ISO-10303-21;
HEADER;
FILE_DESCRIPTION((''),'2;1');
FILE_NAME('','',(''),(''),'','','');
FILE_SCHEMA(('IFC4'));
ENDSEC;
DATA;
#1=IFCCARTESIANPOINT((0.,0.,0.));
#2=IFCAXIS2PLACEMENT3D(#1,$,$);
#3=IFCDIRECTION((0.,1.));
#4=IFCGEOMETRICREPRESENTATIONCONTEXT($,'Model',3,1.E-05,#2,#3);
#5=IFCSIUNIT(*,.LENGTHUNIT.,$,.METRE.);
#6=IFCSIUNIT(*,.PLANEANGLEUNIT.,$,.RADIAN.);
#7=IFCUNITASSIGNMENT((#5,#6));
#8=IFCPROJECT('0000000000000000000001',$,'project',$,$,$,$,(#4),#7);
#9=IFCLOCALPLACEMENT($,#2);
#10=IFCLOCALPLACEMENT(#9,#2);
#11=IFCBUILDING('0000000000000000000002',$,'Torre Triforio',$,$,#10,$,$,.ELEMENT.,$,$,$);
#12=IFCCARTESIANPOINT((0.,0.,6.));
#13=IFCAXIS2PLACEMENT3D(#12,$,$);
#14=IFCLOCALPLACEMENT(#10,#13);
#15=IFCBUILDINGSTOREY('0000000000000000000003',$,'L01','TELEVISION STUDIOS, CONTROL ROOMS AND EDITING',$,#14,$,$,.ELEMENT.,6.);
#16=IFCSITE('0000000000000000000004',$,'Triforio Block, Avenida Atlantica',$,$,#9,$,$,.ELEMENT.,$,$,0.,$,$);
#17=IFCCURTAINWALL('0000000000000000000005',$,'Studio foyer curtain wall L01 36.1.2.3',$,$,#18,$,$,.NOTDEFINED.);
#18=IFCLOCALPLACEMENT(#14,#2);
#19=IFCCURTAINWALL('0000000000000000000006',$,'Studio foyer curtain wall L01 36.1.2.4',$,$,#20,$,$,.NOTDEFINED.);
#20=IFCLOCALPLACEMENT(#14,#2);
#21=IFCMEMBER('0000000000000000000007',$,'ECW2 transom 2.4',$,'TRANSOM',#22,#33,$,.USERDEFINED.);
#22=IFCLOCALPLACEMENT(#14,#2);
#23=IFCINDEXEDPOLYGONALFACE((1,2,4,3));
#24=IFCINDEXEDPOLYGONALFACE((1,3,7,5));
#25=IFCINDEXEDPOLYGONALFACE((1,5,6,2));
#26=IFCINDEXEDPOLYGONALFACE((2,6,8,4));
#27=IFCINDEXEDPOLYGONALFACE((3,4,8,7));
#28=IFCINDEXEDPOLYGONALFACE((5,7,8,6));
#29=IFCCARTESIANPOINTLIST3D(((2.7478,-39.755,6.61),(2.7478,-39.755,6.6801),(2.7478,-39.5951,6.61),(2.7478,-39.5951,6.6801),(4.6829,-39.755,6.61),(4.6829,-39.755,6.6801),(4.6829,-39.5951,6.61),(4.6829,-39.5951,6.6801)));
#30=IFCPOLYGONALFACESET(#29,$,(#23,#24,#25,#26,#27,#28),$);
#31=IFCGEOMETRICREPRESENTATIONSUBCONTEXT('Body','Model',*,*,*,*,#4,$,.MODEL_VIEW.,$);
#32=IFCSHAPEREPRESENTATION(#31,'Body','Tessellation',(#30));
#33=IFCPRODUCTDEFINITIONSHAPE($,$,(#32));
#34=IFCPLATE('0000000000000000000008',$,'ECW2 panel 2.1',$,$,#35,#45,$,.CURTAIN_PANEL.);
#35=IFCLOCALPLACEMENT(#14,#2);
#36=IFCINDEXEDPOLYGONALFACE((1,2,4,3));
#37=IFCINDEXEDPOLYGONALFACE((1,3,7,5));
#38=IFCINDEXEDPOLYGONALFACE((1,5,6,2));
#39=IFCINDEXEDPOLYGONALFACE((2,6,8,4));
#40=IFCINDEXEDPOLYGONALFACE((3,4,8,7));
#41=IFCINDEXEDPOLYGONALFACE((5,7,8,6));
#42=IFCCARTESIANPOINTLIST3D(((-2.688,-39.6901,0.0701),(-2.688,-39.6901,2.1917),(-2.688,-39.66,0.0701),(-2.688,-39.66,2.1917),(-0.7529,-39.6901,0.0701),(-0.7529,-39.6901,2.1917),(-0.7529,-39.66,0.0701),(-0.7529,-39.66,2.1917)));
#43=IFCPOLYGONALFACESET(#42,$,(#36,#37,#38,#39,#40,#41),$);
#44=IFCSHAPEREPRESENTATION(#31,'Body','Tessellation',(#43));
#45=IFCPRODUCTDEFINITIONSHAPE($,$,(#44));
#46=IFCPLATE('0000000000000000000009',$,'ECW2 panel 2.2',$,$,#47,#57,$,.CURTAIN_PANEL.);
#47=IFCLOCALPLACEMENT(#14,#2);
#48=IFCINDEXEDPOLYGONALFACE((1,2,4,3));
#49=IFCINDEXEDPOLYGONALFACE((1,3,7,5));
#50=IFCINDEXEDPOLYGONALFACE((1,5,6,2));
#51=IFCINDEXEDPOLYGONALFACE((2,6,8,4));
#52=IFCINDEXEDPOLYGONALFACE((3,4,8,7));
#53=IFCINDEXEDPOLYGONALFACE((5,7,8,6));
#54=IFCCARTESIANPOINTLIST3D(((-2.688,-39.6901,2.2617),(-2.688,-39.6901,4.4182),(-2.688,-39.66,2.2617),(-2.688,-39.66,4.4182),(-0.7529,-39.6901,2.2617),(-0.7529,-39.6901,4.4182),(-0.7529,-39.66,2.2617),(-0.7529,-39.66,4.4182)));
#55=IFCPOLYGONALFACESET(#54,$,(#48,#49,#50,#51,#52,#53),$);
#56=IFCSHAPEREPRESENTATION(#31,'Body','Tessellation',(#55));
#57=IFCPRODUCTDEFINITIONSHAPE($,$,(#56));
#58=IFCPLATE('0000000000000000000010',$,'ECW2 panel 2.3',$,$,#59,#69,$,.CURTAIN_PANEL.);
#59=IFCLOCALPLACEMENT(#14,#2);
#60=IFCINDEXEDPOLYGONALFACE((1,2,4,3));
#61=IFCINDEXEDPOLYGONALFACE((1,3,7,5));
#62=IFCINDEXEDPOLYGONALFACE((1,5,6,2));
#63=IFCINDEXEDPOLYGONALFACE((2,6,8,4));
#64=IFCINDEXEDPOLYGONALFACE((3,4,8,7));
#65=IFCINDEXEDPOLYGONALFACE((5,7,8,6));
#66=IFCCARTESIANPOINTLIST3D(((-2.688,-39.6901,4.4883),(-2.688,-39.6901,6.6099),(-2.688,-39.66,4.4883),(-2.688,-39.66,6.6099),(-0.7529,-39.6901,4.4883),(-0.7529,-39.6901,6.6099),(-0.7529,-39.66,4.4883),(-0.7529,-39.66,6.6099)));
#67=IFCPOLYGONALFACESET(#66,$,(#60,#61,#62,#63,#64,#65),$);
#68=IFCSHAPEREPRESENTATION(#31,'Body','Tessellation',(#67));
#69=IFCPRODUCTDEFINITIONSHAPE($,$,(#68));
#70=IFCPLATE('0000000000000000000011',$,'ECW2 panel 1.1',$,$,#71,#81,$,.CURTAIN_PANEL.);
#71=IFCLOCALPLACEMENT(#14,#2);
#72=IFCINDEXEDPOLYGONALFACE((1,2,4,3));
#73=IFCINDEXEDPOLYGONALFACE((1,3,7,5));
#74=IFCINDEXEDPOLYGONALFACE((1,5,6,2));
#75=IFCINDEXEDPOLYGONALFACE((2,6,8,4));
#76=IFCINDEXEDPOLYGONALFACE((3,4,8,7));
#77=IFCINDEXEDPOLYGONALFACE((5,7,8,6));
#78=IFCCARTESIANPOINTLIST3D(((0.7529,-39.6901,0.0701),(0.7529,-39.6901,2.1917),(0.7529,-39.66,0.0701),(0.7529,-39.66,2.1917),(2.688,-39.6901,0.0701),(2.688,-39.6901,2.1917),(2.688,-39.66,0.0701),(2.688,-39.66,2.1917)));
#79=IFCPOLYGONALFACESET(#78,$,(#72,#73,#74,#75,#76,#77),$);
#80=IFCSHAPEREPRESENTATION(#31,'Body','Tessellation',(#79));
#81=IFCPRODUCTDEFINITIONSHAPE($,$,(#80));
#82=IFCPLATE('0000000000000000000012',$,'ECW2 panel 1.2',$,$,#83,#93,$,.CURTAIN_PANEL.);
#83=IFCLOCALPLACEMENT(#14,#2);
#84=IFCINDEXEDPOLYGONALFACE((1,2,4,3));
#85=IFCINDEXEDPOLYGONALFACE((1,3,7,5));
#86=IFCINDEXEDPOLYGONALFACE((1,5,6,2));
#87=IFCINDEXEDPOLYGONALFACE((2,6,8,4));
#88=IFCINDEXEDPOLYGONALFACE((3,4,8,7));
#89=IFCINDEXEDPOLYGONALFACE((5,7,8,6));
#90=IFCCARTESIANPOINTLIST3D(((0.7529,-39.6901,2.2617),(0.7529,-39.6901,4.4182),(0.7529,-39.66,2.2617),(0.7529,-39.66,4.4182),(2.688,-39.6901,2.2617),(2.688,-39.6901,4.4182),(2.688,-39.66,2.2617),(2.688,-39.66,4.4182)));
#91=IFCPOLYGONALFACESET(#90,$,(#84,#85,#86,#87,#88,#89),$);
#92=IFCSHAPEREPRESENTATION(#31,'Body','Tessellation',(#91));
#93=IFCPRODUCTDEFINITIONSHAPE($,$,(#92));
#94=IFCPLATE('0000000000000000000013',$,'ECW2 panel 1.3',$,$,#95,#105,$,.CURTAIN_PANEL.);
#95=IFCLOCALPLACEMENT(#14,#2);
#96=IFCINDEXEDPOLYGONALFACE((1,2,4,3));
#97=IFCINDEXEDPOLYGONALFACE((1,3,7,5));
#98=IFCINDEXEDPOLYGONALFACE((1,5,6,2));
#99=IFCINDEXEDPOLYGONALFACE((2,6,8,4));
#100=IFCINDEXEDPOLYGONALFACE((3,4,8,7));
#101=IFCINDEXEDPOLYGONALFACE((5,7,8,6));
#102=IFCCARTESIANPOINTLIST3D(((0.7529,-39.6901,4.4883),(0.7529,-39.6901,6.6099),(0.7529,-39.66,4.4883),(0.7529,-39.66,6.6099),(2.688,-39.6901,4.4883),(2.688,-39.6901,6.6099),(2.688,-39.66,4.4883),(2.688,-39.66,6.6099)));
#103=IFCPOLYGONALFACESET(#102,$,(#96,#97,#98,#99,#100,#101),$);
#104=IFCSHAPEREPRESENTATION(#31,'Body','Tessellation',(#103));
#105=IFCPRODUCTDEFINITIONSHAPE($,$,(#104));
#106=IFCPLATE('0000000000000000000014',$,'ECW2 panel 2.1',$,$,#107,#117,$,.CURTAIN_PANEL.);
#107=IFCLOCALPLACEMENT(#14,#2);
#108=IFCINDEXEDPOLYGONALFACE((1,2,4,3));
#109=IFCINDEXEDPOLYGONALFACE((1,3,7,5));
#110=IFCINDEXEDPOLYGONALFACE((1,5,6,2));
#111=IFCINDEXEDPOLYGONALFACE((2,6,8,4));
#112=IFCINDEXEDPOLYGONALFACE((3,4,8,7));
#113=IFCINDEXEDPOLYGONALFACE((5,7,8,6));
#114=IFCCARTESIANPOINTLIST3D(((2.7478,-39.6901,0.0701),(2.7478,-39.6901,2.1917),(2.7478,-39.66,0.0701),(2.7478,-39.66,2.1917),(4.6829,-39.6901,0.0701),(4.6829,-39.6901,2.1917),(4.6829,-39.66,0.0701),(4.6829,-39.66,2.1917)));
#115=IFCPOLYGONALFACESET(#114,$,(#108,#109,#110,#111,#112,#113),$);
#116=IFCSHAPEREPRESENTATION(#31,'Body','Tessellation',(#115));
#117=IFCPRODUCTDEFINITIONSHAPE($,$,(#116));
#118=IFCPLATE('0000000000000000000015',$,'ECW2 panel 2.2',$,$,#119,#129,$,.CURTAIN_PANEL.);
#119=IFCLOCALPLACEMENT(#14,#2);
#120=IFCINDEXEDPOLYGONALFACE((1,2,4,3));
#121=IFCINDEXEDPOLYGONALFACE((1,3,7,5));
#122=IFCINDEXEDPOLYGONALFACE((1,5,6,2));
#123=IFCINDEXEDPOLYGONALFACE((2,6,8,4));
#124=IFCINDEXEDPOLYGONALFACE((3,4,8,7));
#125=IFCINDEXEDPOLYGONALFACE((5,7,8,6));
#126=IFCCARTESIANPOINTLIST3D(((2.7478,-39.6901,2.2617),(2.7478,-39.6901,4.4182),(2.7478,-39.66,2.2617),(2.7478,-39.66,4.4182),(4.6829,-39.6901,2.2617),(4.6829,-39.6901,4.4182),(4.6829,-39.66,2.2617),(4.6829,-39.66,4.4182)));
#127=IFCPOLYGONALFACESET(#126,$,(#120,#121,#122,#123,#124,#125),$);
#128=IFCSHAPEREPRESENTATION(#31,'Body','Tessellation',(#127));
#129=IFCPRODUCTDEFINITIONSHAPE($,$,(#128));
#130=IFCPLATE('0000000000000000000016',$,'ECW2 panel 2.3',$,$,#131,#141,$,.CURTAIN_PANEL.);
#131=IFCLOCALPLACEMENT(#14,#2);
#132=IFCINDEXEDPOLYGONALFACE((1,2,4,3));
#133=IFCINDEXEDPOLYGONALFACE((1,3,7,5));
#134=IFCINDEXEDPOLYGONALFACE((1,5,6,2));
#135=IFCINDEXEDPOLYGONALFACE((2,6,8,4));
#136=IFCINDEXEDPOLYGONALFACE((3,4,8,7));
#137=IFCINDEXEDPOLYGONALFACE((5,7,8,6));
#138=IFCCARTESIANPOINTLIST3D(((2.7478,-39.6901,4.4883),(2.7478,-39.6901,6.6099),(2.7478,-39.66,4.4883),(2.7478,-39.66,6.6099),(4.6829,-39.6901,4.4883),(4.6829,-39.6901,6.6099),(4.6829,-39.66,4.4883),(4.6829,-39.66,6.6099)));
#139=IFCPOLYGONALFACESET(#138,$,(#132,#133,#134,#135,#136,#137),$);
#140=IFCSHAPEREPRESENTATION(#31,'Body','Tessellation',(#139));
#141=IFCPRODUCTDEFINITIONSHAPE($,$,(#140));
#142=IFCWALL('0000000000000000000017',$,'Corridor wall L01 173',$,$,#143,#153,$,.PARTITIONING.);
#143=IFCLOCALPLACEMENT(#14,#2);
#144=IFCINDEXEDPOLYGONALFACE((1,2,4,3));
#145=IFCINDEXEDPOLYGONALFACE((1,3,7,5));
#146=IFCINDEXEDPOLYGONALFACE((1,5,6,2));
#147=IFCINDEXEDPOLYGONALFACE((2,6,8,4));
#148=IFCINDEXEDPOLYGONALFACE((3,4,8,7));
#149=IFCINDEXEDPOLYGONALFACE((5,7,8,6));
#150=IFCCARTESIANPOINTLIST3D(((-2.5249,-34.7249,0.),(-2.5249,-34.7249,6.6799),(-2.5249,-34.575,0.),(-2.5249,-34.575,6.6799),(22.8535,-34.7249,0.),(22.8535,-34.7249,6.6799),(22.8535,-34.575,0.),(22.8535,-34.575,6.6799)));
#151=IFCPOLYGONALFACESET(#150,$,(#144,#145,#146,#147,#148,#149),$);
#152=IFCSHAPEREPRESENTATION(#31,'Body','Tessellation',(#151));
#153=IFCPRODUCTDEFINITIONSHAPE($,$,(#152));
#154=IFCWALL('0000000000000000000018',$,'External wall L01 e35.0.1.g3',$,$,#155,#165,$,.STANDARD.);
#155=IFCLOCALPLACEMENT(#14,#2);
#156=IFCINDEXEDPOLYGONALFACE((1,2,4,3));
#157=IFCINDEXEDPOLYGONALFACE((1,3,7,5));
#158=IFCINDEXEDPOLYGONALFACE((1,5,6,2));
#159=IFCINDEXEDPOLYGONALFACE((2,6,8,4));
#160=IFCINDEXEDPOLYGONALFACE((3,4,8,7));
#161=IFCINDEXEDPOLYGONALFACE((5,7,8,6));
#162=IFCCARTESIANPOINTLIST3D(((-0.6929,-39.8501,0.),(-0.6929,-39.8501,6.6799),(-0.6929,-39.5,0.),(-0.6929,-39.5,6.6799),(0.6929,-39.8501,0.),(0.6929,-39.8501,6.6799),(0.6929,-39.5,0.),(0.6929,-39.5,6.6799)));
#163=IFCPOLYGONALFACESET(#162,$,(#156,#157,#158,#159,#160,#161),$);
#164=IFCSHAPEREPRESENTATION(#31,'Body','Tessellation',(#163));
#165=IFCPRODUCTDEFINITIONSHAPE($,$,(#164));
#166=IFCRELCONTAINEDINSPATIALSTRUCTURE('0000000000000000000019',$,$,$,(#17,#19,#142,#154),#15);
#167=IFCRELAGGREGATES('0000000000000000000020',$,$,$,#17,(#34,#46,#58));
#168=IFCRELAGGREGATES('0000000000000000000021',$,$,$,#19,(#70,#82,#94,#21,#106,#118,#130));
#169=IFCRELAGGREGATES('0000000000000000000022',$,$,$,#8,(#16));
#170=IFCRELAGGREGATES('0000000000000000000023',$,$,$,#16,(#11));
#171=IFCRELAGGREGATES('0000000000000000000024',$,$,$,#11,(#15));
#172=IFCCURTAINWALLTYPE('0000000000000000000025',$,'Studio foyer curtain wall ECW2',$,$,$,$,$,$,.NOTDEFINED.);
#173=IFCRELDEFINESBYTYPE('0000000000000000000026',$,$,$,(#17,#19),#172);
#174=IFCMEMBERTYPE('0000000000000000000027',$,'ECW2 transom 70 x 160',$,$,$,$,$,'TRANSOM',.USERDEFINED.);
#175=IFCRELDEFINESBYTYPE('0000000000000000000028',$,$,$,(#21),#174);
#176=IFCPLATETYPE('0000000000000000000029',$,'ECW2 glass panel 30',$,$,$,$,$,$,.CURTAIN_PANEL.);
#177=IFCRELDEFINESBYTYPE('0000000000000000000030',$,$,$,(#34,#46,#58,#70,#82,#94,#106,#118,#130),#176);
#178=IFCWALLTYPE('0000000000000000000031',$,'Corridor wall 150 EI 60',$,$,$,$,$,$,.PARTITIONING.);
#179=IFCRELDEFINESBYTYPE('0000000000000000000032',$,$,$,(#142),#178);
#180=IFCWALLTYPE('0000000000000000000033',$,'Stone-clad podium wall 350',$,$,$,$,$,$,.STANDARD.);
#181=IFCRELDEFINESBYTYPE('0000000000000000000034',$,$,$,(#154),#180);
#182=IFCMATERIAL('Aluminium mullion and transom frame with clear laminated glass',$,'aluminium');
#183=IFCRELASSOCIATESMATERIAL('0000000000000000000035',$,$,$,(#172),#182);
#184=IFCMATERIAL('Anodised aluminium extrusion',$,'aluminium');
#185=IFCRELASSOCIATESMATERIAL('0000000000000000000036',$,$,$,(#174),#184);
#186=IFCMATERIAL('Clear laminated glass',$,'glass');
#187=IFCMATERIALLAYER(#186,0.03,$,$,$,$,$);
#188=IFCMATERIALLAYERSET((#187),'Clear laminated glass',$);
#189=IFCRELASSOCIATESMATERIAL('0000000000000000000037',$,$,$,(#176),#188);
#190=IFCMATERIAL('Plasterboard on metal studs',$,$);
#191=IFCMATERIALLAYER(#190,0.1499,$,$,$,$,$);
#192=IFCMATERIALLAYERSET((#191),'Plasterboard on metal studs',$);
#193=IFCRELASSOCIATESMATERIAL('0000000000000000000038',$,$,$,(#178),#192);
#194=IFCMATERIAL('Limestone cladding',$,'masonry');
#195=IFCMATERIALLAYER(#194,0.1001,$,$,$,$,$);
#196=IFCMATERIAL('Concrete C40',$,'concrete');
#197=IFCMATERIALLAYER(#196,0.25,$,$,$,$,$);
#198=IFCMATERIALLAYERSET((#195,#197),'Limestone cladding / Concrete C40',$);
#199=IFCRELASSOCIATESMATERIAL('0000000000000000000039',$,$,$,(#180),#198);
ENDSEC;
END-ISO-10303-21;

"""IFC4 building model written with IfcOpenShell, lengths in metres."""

from ifc_helpers import new_model, si_unit, direction, frame, frame_2d, origin, origin_2d, place, context, subcontext, project, spatial, rectangle, extrude, material, layer, layer_set, material_profile, profile_set, type_object, element, aggregate, save


model = new_model("IFC4")

# Units and contexts
model_context = context("Model", 3, precision=1e-05, world=origin(), true_north=direction((0.0, 1.0)))
body_context = subcontext(model_context, "Body", "Model", "MODEL_VIEW")
ifc_project = project(units=[si_unit("LENGTHUNIT", "METRE"), si_unit("PLANEANGLEUNIT", "RADIAN")], contexts=[model_context])

# Site, building, storey
site_placement = place(None, origin())
site = spatial("IfcSite", under=ifc_project, at=site_placement, Name="Triforio Block, Avenida Atlantica", CompositionType="ELEMENT", RefElevation=0.0)
building_placement = place(site_placement, origin())
building = spatial("IfcBuilding", under=site, at=building_placement, Name="Torre Triforio", CompositionType="ELEMENT")
storey_placement = place(building_placement, frame((0.0, 0.0, 6.0)))
storey = spatial("IfcBuildingStorey", under=building, at=storey_placement, Name="L01", Description="TELEVISION STUDIOS, CONTROL ROOMS AND EDITING", CompositionType="ELEMENT", Elevation=6.0)

# Curtain wall
ifc_material_1 = material(Name="Aluminium mullion and transom frame with clear laminated glass", Category="aluminium")
curtain_wall_type = type_object("IfcCurtainWallType", Name="Studio foyer curtain wall ECW2", PredefinedType="NOTDEFINED", material=ifc_material_1)
curtain_wall_1_placement = place(storey_placement, origin())
curtain_wall_1 = element("IfcCurtainWall", 1, at=curtain_wall_1_placement, inside=storey, type_object=curtain_wall_type, Name="Studio foyer curtain wall L01 36.1.2.3", PredefinedType="NOTDEFINED")
ifc_material_2 = material(Name="Anodised aluminium extrusion", Category="aluminium")

# Curtain wall
curtain_wall_2_placement = place(storey_placement, origin())
curtain_wall_2 = element("IfcCurtainWall", 2, at=curtain_wall_2_placement, inside=storey, type_object=curtain_wall_type, Name="Studio foyer curtain wall L01 36.1.2.4", PredefinedType="NOTDEFINED")

# Member
ifc_material_profile_1 = material_profile(ifc_material_2, rectangle(XDim=0.1599, YDim=0.0701, at=origin_2d()), Name="ECW2 TRANSOM 70x160")
ifc_profile_set_1 = profile_set([ifc_material_profile_1], Name="Anodised aluminium extrusion")
member_type_1 = type_object("IfcMemberType", Name="ECW2 transom 70 x 160", ElementType="TRANSOM", PredefinedType="USERDEFINED", material=ifc_profile_set_1)
member_1_placement = place(storey_placement, frame((2.7478, -39.675, 6.645), z_axis=(1.0, 0.0, 0.0), x_axis=(0.0, 1.0, 0.0)))
member_1 = element("IfcMember", 3, at=member_1_placement, type_object=member_type_1, Name="ECW2 transom 2.4", ObjectType="TRANSOM", PredefinedType="USERDEFINED", context=body_context, shape_type="SweptSolid", body=[
    extrude(rectangle(XDim=0.1599, YDim=0.0701, at=origin_2d()), origin(), (0.0, 0.0, 1.0), 1.9351),
])

# Plates
ifc_material_3 = material(Name="Clear laminated glass", Category="glass")
ifc_layer_1 = layer(ifc_material_3, 0.03)
ifc_layer_set_1 = layer_set([ifc_layer_1], Name="Clear laminated glass")
plate_type = type_object("IfcPlateType", Name="ECW2 glass panel 30", PredefinedType="CURTAIN_PANEL", material=ifc_layer_set_1)
plate_1_placement = place(storey_placement, frame((-1.7205, -39.675, 0.0701), z_axis=(0.0, 0.0, 1.0), x_axis=(1.0, 0.0, 0.0)))
plate_1 = element("IfcPlate", 4, at=plate_1_placement, type_object=plate_type, Name="ECW2 panel 2.1", PredefinedType="CURTAIN_PANEL", context=body_context, shape_type="SweptSolid", body=[
    extrude(rectangle(XDim=1.9351, YDim=0.03, at=origin_2d()), origin(), (0.0, 0.0, 1.0), 2.1216),
])
plate_2_placement = place(storey_placement, frame((-1.7205, -39.675, 2.2617), z_axis=(0.0, 0.0, 1.0), x_axis=(1.0, 0.0, 0.0)))
plate_2 = element("IfcPlate", 5, at=plate_2_placement, type_object=plate_type, Name="ECW2 panel 2.2", PredefinedType="CURTAIN_PANEL", context=body_context, shape_type="SweptSolid", body=[
    extrude(rectangle(XDim=1.9351, YDim=0.03, at=origin_2d()), origin(), (0.0, 0.0, 1.0), 2.1565),
])
plate_3_placement = place(storey_placement, frame((-1.7205, -39.675, 4.4883), z_axis=(0.0, 0.0, 1.0), x_axis=(1.0, 0.0, 0.0)))
plate_3 = element("IfcPlate", 6, at=plate_3_placement, type_object=plate_type, Name="ECW2 panel 2.3", PredefinedType="CURTAIN_PANEL", context=body_context, shape_type="SweptSolid", body=[
    extrude(rectangle(XDim=1.9351, YDim=0.03, at=origin_2d()), origin(), (0.0, 0.0, 1.0), 2.1216),
])
aggregate(curtain_wall_1, [plate_1, plate_2, plate_3])
plate_4_placement = place(storey_placement, frame((1.7205, -39.675, 0.0701), z_axis=(0.0, 0.0, 1.0), x_axis=(1.0, 0.0, 0.0)))
plate_4 = element("IfcPlate", 7, at=plate_4_placement, type_object=plate_type, Name="ECW2 panel 1.1", PredefinedType="CURTAIN_PANEL", context=body_context, shape_type="SweptSolid", body=[
    extrude(rectangle(XDim=1.9351, YDim=0.03, at=origin_2d()), origin(), (0.0, 0.0, 1.0), 2.1216),
])
plate_5_placement = place(storey_placement, frame((1.7205, -39.675, 2.2617), z_axis=(0.0, 0.0, 1.0), x_axis=(1.0, 0.0, 0.0)))
plate_5 = element("IfcPlate", 8, at=plate_5_placement, type_object=plate_type, Name="ECW2 panel 1.2", PredefinedType="CURTAIN_PANEL", context=body_context, shape_type="SweptSolid", body=[
    extrude(rectangle(XDim=1.9351, YDim=0.03, at=origin_2d()), origin(), (0.0, 0.0, 1.0), 2.1565),
])
plate_6_placement = place(storey_placement, frame((1.7205, -39.675, 4.4883), z_axis=(0.0, 0.0, 1.0), x_axis=(1.0, 0.0, 0.0)))
plate_6 = element("IfcPlate", 9, at=plate_6_placement, type_object=plate_type, Name="ECW2 panel 1.3", PredefinedType="CURTAIN_PANEL", context=body_context, shape_type="SweptSolid", body=[
    extrude(rectangle(XDim=1.9351, YDim=0.03, at=origin_2d()), origin(), (0.0, 0.0, 1.0), 2.1216),
])
plate_7_placement = place(storey_placement, frame((3.7153, -39.675, 0.0701), z_axis=(0.0, 0.0, 1.0), x_axis=(1.0, 0.0, 0.0)))
plate_7 = element("IfcPlate", 10, at=plate_7_placement, type_object=plate_type, Name="ECW2 panel 2.1", PredefinedType="CURTAIN_PANEL", context=body_context, shape_type="SweptSolid", body=[
    extrude(rectangle(XDim=1.9351, YDim=0.03, at=origin_2d()), origin(), (0.0, 0.0, 1.0), 2.1216),
])
plate_8_placement = place(storey_placement, frame((3.7153, -39.675, 2.2617), z_axis=(0.0, 0.0, 1.0), x_axis=(1.0, 0.0, 0.0)))
plate_8 = element("IfcPlate", 11, at=plate_8_placement, type_object=plate_type, Name="ECW2 panel 2.2", PredefinedType="CURTAIN_PANEL", context=body_context, shape_type="SweptSolid", body=[
    extrude(rectangle(XDim=1.9351, YDim=0.03, at=origin_2d()), origin(), (0.0, 0.0, 1.0), 2.1565),
])
plate_9_placement = place(storey_placement, frame((3.7153, -39.675, 4.4883), z_axis=(0.0, 0.0, 1.0), x_axis=(1.0, 0.0, 0.0)))
plate_9 = element("IfcPlate", 12, at=plate_9_placement, type_object=plate_type, Name="ECW2 panel 2.3", PredefinedType="CURTAIN_PANEL", context=body_context, shape_type="SweptSolid", body=[
    extrude(rectangle(XDim=1.9351, YDim=0.03, at=origin_2d()), origin(), (0.0, 0.0, 1.0), 2.1216),
])
aggregate(curtain_wall_2, [plate_4, plate_5, plate_6, member_1, plate_7, plate_8, plate_9])

# Walls
ifc_material_4 = material(Name="Plasterboard on metal studs")
ifc_layer_2 = layer(ifc_material_4, 0.1499)
ifc_layer_set_2 = layer_set([ifc_layer_2], Name="Plasterboard on metal studs")
wall_type_1 = type_object("IfcWallType", Name="Corridor wall 150 EI 60", PredefinedType="PARTITIONING", material=ifc_layer_set_2)
wall_1_placement = place(storey_placement, frame((-2.5249, -34.6499, 0.0), z_axis=(0.0, 0.0, 1.0), x_axis=(1.0, 0.0, 0.0)))
element("IfcWall", 13, at=wall_1_placement, inside=storey, type_object=wall_type_1, Name="Corridor wall L01 173", PredefinedType="PARTITIONING", context=body_context, shape_type="SweptSolid", body=[
    extrude(rectangle(XDim=25.3784, YDim=0.1499, at=frame_2d((12.6892, 0.0))), origin(), (0.0, 0.0, 1.0), 6.6799),
])
ifc_material_5 = material(Name="Limestone cladding", Category="masonry")
ifc_layer_3 = layer(ifc_material_5, 0.1001)
ifc_material_6 = material(Name="Concrete C40", Category="concrete")
ifc_layer_4 = layer(ifc_material_6, 0.25)
ifc_layer_set_3 = layer_set([ifc_layer_3, ifc_layer_4], Name="Limestone cladding / Concrete C40")
wall_type_2 = type_object("IfcWallType", Name="Stone-clad podium wall 350", PredefinedType="STANDARD", material=ifc_layer_set_3)
wall_2_placement = place(storey_placement, frame((-0.6929, -39.675, 0.0), z_axis=(0.0, 0.0, 1.0), x_axis=(1.0, 0.0, 0.0)))
element("IfcWall", 14, at=wall_2_placement, inside=storey, type_object=wall_type_2, Name="External wall L01 e35.0.1.g3", PredefinedType="STANDARD", context=body_context, shape_type="SweptSolid", body=[
    extrude(rectangle(XDim=1.3857, YDim=0.3501, at=frame_2d((0.6929, 0.0))), origin(), (0.0, 0.0, 1.0), 6.6799),
])

save(model, "model.ifc")
